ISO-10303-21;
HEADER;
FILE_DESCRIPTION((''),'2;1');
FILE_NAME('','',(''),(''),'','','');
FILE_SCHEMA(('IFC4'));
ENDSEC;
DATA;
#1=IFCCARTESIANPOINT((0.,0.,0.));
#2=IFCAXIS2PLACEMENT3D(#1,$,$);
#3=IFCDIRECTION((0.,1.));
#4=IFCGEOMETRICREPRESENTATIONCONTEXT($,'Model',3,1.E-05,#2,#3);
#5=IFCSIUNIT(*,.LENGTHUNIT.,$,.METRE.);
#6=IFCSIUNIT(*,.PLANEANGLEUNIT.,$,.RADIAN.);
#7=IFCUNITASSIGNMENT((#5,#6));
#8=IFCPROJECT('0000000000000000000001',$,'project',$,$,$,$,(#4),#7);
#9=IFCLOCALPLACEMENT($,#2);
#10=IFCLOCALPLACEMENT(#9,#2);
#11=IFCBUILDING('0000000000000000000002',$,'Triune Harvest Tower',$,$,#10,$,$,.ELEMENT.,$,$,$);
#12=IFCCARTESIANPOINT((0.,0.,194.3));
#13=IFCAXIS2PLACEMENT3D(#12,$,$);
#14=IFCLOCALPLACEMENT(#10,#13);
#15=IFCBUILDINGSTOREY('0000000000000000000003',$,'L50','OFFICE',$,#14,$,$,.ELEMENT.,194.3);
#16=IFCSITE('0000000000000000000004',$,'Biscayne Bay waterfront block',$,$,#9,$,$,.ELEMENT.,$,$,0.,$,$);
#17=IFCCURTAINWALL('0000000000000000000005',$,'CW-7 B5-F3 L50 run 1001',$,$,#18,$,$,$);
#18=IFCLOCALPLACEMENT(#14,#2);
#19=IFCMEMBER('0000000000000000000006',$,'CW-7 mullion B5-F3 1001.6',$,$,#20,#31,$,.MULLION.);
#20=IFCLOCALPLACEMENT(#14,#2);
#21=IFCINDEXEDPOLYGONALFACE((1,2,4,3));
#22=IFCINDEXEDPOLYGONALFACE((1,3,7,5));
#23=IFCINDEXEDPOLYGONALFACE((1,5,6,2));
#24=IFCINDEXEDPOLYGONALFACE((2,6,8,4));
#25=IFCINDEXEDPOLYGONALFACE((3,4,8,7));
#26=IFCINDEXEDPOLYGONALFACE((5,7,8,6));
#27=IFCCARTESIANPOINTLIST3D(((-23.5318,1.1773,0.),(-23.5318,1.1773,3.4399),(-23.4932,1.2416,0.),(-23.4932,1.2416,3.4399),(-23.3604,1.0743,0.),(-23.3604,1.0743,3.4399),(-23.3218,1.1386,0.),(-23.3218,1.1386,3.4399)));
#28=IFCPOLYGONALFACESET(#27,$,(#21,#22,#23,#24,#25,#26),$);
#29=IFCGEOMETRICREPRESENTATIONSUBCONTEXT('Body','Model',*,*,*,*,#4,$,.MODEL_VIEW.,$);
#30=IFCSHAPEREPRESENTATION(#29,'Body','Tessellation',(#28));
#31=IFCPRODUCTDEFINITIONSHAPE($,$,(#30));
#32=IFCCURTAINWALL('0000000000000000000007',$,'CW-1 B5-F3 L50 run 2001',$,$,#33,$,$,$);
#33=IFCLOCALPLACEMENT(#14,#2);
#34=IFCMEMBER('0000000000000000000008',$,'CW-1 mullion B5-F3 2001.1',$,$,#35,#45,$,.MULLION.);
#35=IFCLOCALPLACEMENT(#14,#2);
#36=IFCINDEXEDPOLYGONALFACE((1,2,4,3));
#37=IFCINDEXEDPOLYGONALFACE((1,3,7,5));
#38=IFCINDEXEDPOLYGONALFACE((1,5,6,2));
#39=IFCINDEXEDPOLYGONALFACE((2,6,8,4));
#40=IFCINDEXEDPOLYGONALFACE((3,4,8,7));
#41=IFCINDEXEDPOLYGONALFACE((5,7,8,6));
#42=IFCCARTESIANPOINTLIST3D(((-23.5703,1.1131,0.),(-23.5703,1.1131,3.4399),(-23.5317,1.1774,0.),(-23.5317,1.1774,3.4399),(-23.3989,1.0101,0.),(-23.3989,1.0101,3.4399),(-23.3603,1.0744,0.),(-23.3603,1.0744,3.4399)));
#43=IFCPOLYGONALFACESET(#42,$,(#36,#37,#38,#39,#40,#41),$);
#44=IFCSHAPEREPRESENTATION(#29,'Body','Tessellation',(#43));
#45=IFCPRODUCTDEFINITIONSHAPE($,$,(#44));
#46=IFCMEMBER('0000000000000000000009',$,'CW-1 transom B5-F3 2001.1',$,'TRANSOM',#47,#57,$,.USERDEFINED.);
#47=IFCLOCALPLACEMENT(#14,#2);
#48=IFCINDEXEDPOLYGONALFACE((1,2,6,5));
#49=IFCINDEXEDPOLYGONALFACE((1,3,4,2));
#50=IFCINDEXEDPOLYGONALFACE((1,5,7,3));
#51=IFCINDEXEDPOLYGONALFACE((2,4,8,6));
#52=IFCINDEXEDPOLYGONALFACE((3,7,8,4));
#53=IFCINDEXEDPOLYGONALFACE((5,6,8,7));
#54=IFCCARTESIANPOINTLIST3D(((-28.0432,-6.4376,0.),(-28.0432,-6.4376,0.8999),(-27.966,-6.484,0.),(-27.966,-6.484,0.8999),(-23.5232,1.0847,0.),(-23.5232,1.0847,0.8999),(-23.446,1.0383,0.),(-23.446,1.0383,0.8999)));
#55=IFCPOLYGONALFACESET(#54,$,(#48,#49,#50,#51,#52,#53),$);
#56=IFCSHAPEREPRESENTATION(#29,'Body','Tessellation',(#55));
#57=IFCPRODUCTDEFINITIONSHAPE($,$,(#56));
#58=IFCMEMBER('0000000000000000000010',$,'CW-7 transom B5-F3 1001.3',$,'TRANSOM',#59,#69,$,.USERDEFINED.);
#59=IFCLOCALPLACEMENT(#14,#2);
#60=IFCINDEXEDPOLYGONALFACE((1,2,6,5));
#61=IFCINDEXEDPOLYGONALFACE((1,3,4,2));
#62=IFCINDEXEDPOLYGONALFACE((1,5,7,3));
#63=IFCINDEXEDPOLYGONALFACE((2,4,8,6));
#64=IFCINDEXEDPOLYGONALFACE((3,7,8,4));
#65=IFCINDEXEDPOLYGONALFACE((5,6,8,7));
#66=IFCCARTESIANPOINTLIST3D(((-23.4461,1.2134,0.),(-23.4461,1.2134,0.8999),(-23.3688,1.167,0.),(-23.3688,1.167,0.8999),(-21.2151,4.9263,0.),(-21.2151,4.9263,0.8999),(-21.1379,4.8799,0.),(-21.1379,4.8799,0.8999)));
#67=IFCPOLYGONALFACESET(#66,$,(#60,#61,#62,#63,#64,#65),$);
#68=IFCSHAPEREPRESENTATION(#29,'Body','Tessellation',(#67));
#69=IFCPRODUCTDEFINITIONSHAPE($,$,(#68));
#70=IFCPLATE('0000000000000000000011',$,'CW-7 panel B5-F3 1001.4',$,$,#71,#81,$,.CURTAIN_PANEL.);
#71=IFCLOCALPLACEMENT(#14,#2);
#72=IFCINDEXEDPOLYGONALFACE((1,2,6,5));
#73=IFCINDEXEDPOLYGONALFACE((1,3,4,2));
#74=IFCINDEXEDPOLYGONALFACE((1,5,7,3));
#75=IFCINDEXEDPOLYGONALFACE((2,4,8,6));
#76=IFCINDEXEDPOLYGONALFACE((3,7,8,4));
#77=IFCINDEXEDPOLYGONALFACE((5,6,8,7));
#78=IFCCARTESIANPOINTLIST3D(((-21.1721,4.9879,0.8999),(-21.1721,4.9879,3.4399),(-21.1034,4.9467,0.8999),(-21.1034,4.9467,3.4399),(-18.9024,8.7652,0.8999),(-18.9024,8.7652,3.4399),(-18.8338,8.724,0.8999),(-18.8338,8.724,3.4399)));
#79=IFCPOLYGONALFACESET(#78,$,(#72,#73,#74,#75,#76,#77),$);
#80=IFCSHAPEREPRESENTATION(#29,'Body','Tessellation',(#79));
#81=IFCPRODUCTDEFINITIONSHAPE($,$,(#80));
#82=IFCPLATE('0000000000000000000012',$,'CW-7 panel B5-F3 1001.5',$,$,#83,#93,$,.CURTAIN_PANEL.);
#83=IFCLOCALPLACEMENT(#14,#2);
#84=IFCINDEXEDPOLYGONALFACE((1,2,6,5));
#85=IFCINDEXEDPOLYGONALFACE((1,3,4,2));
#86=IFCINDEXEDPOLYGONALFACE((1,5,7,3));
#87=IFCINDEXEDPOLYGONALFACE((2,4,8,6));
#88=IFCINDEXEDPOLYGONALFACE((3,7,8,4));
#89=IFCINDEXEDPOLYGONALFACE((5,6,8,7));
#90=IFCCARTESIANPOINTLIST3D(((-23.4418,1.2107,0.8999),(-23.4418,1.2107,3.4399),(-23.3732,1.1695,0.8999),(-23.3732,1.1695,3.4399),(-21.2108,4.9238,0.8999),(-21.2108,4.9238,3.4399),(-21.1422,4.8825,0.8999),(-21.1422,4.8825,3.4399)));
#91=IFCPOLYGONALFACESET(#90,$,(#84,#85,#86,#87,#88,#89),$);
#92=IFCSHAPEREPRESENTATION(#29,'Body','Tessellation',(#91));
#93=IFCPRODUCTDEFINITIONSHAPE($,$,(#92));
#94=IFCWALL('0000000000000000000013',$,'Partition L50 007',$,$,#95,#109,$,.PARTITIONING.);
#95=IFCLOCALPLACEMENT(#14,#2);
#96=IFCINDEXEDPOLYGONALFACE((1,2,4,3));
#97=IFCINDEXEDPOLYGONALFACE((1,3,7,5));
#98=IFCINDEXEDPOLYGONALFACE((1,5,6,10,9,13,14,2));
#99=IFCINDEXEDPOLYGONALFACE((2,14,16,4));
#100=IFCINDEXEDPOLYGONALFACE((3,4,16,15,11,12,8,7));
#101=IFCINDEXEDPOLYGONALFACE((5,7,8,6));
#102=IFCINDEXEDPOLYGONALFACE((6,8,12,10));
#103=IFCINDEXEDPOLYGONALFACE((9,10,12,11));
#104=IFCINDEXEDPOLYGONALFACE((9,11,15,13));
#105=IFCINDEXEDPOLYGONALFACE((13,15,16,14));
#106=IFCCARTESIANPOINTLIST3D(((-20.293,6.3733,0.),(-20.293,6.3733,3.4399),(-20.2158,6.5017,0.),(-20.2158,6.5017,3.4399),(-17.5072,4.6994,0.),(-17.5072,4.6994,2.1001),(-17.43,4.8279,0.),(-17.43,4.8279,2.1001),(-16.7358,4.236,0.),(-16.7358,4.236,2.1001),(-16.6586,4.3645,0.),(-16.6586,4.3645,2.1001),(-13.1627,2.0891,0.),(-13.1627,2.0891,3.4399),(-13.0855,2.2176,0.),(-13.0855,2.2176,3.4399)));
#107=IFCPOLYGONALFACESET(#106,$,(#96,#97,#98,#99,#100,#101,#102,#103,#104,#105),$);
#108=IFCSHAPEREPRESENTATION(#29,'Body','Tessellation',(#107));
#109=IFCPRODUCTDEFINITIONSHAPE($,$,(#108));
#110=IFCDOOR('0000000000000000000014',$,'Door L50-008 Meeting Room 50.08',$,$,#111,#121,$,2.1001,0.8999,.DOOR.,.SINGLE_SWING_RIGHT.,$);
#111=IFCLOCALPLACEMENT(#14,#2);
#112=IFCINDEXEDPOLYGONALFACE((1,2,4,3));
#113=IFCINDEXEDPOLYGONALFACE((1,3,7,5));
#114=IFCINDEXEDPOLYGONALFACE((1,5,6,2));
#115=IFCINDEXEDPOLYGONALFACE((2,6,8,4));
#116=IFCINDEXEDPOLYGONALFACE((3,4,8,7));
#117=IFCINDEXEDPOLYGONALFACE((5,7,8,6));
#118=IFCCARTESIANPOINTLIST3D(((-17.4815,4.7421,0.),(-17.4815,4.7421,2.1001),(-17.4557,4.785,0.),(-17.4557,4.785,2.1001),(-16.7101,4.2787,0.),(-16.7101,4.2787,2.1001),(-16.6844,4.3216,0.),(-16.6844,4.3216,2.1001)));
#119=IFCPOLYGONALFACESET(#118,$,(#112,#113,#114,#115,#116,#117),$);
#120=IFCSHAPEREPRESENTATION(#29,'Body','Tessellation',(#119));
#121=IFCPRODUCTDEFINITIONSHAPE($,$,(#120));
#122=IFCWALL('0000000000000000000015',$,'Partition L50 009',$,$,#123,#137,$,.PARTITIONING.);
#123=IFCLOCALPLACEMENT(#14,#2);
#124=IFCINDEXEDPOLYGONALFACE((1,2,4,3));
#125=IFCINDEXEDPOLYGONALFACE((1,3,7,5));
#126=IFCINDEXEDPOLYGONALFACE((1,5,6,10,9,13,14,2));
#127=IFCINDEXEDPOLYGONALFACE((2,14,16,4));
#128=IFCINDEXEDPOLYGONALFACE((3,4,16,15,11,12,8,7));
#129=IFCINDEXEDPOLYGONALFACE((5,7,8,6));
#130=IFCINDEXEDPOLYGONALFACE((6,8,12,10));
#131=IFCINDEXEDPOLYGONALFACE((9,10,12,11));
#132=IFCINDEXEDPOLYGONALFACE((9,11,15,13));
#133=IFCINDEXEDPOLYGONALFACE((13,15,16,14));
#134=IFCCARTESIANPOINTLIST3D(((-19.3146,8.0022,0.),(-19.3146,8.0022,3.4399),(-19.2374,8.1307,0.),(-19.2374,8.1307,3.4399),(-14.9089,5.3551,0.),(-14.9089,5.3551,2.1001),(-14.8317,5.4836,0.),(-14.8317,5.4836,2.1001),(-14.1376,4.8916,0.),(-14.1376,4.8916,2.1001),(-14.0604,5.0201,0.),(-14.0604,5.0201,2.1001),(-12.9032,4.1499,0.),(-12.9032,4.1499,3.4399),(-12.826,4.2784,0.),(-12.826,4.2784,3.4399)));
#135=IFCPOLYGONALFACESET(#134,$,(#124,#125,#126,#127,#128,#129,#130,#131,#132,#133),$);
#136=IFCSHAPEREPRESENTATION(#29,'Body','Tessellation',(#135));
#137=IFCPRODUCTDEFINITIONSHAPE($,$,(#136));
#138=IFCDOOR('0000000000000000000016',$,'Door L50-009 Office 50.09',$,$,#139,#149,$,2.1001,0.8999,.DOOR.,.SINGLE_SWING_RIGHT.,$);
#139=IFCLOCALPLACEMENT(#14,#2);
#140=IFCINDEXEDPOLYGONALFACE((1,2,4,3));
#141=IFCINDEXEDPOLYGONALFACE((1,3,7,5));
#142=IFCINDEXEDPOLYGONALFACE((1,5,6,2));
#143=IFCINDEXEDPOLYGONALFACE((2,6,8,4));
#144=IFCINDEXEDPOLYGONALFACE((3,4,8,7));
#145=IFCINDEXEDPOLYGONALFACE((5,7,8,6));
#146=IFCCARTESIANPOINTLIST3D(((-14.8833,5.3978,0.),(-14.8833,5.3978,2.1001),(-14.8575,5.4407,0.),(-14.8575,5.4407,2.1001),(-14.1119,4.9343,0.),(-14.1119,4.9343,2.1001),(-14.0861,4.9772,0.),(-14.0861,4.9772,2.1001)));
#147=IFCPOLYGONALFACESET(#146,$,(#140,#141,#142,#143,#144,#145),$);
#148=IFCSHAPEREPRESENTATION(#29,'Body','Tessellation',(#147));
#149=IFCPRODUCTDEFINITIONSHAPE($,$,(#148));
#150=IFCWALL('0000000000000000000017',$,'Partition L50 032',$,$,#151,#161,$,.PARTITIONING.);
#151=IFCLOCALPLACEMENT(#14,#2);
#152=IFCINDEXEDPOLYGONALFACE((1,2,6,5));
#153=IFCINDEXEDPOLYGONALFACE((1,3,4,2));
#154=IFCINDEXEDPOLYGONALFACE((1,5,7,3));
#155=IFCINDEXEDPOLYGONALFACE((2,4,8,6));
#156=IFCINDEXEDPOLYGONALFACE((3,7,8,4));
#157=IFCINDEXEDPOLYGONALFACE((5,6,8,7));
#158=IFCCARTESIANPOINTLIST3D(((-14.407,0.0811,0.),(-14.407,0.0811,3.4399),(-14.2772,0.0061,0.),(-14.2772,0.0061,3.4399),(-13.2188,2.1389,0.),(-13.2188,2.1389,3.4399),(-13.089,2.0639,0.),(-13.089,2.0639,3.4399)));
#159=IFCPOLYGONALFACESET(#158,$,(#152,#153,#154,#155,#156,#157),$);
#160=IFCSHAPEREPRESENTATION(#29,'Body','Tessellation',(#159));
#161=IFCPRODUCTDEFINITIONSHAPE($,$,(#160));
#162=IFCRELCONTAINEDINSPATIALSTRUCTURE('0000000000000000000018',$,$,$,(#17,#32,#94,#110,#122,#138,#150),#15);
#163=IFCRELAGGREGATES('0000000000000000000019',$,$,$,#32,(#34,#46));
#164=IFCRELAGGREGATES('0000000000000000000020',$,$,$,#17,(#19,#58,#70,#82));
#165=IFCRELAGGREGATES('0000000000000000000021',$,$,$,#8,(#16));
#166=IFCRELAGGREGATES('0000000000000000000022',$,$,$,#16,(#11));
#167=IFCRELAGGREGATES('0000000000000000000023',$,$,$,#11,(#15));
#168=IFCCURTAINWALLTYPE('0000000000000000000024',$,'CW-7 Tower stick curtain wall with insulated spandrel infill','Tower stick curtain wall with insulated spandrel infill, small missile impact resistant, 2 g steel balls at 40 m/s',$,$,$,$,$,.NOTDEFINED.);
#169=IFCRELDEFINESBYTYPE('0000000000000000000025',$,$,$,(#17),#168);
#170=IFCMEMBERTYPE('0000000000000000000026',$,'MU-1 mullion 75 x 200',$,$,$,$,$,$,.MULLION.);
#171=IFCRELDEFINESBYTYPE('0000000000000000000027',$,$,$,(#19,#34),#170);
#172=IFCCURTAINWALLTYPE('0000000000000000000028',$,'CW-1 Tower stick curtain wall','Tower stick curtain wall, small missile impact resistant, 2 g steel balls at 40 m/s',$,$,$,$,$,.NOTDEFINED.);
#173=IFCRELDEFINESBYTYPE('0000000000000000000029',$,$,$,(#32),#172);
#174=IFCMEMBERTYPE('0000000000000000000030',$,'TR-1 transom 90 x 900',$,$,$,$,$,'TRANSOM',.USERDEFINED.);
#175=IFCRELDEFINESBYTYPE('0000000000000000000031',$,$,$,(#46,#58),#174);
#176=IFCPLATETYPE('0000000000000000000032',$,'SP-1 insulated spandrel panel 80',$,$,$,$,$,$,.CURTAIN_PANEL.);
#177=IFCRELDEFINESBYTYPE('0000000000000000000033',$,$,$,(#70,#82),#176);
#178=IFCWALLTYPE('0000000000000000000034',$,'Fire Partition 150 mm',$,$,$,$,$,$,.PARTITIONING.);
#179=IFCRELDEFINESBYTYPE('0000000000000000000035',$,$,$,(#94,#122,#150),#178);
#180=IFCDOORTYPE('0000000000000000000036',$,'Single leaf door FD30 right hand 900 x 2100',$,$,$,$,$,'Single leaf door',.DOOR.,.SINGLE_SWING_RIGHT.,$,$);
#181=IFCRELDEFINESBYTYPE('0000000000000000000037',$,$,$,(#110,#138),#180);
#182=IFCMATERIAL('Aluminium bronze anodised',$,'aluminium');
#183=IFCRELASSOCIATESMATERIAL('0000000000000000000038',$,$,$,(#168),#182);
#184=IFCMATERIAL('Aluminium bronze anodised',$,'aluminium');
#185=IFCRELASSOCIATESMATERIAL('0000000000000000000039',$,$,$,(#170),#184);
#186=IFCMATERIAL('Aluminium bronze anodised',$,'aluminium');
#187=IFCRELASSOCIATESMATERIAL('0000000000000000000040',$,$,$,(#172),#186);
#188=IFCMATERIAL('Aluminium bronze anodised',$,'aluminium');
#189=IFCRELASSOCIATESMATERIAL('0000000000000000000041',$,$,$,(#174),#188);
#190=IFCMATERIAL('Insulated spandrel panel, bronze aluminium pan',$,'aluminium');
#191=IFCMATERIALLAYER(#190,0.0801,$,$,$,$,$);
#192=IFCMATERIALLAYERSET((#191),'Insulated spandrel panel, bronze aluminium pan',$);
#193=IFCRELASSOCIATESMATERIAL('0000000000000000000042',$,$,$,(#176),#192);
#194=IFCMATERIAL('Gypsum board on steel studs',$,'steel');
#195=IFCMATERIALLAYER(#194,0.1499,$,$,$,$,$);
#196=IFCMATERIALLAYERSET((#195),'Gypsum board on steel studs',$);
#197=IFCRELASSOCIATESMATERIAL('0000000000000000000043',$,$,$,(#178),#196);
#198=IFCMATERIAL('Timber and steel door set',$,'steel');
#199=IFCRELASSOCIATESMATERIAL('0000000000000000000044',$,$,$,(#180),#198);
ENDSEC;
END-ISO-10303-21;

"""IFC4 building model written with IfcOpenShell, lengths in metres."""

from ifc_helpers import new_model, si_unit, direction, frame, frame_2d, origin, origin_2d, place, context, subcontext, project, spatial, rectangle, extrude, source, transform, mapped, material, layer, layer_set, material_profile, profile_set, type_object, element, fill, aggregate, save


model = new_model("IFC4")

# Units and contexts
model_context = context("Model", 3, precision=1e-05, world=origin(), true_north=direction((0.0, 1.0)))
body_context = subcontext(model_context, "Body", "Model", "MODEL_VIEW")
ifc_project = project(units=[si_unit("LENGTHUNIT", "METRE"), si_unit("PLANEANGLEUNIT", "RADIAN")], contexts=[model_context])

# Site, building, storey
site_placement = place(None, origin())
site = spatial("IfcSite", under=ifc_project, at=site_placement, Name="Biscayne Bay waterfront block", CompositionType="ELEMENT", RefElevation=0.0)
building_placement = place(site_placement, origin())
building = spatial("IfcBuilding", under=site, at=building_placement, Name="Triune Harvest Tower", CompositionType="ELEMENT")
storey_placement = place(building_placement, frame((0.0, 0.0, 194.3)))
storey = spatial("IfcBuildingStorey", under=building, at=storey_placement, Name="L50", Description="OFFICE", CompositionType="ELEMENT", Elevation=194.3)

# Curtain walls, members
ifc_material_1 = material(Name="Aluminium bronze anodised", Category="aluminium")
curtain_wall_type_1 = type_object("IfcCurtainWallType", Name="CW-7 Tower stick curtain wall with insulated spandrel infill", Description="Tower stick curtain wall with insulated spandrel infill, small missile impact resistant, 2 g steel balls at 40 m/s", PredefinedType="NOTDEFINED", material=ifc_material_1)
curtain_wall_1_placement = place(storey_placement, origin())
curtain_wall_1 = element("IfcCurtainWall", 1, at=curtain_wall_1_placement, inside=storey, type_object=curtain_wall_type_1, Name="CW-7 B5-F3 L50 run 1001")
ifc_material_2 = material(Name="Aluminium bronze anodised", Category="aluminium")
ifc_material_profile_1 = material_profile(ifc_material_2, rectangle(XDim=0.2, YDim=0.075, at=origin_2d()), Name="MU-1 mullion 75 x 200")
ifc_profile_set_1 = profile_set([ifc_material_profile_1], Name="Aluminium bronze anodised")
member_type_1 = type_object("IfcMemberType", Name="MU-1 mullion 75 x 200", PredefinedType="MULLION", material=ifc_profile_set_1)
shared_shape_1 = source(origin(), body_context, "Body", "SweptSolid", [
    extrude(rectangle(XDim=0.2, YDim=0.075, at=origin_2d()), origin(), (0.0, 0.0, 1.0), 3.4399),
])
member_1_placement = place(storey_placement, frame((-23.4268, 1.158, 0.0), z_axis=(0.0, 0.0, 1.0), x_axis=(0.857167, -0.515039, 0.0)))
member_1 = element("IfcMember", 2, at=member_1_placement, type_object=member_type_1, Name="CW-7 mullion B5-F3 1001.6", PredefinedType="MULLION", context=body_context, shape_type="MappedRepresentation", body=[
    mapped(shared_shape_1, transform((0.0, 0.0, 0.0), scale=1.0)),
])
ifc_material_3 = material(Name="Aluminium bronze anodised", Category="aluminium")
curtain_wall_type_2 = type_object("IfcCurtainWallType", Name="CW-1 Tower stick curtain wall", Description="Tower stick curtain wall, small missile impact resistant, 2 g steel balls at 40 m/s", PredefinedType="NOTDEFINED", material=ifc_material_3)
curtain_wall_2_placement = place(storey_placement, origin())
curtain_wall_2 = element("IfcCurtainWall", 3, at=curtain_wall_2_placement, inside=storey, type_object=curtain_wall_type_2, Name="CW-1 B5-F3 L50 run 2001")
member_2_placement = place(storey_placement, frame((-23.4653, 1.0938, 0.0), z_axis=(0.0, 0.0, 1.0), x_axis=(0.857169, -0.515035, 0.0)))
member_2 = element("IfcMember", 4, at=member_2_placement, type_object=member_type_1, Name="CW-1 mullion B5-F3 2001.1", PredefinedType="MULLION", context=body_context, shape_type="MappedRepresentation", body=[
    mapped(shared_shape_1, transform((0.0, 0.0, 0.0), scale=1.0)),
])
ifc_material_4 = material(Name="Aluminium bronze anodised", Category="aluminium")
ifc_material_profile_2 = material_profile(ifc_material_4, rectangle(XDim=0.0901, YDim=0.8999, at=origin_2d()), Name="TR-1 transom 90 x 900")
ifc_profile_set_2 = profile_set([ifc_material_profile_2], Name="Aluminium bronze anodised")
member_type_2 = type_object("IfcMemberType", Name="TR-1 transom 90 x 900", ElementType="TRANSOM", PredefinedType="USERDEFINED", material=ifc_profile_set_2)
shared_shape_2 = source(origin(), body_context, "Body", "SweptSolid", [
    extrude(rectangle(XDim=0.0901, YDim=0.8999, at=origin_2d()), origin(), (0.0, 0.0, 1.0), 8.7759),
])
member_3_placement = place(storey_placement, frame((-23.4846, 1.0615, 0.45), z_axis=(-0.515044, -0.857164, 0.0), x_axis=(0.857164, -0.515044, 0.0)))
member_3 = element("IfcMember", 5, at=member_3_placement, type_object=member_type_2, Name="CW-1 transom B5-F3 2001.1", ObjectType="TRANSOM", PredefinedType="USERDEFINED", context=body_context, shape_type="MappedRepresentation", body=[
    mapped(shared_shape_2, transform((0.0, 0.0, 0.0), scale=1.0)),
])
aggregate(curtain_wall_2, [member_2, member_3])

# Member
shared_shape_3 = source(origin(), body_context, "Body", "SweptSolid", [
    extrude(rectangle(XDim=0.0901, YDim=0.8999, at=origin_2d()), origin(), (0.0, 0.0, 1.0), 4.3315),
])
member_4_placement = place(storey_placement, frame((-21.1765, 4.9031, 0.45), z_axis=(-0.515043, -0.857165, 0.0), x_axis=(0.857165, -0.515043, 0.0)))
member_4 = element("IfcMember", 6, at=member_4_placement, type_object=member_type_2, Name="CW-7 transom B5-F3 1001.3", ObjectType="TRANSOM", PredefinedType="USERDEFINED", context=body_context, shape_type="MappedRepresentation", body=[
    mapped(shared_shape_3, transform((0.0, 0.0, 0.0), scale=1.0)),
])

# Plates
ifc_material_5 = material(Name="Insulated spandrel panel, bronze aluminium pan", Category="aluminium")
ifc_layer_1 = layer(ifc_material_5, 0.0801)
ifc_layer_set_1 = layer_set([ifc_layer_1], Name="Insulated spandrel panel, bronze aluminium pan")
plate_type = type_object("IfcPlateType", Name="SP-1 insulated spandrel panel 80", PredefinedType="CURTAIN_PANEL", material=ifc_layer_set_1)
shared_shape_4 = source(origin(), body_context, "Body", "SweptSolid", [
    extrude(rectangle(XDim=4.4067, YDim=0.0801, at=origin_2d()), origin(), (0.0, 0.0, 1.0), 2.54),
])
plate_1_placement = place(storey_placement, frame((-20.0029, 6.856, 0.8999), z_axis=(0.0, 0.0, 1.0), x_axis=(-0.515039, -0.857167, 0.0)))
plate_1 = element("IfcPlate", 7, at=plate_1_placement, type_object=plate_type, Name="CW-7 panel B5-F3 1001.4", PredefinedType="CURTAIN_PANEL", context=body_context, shape_type="MappedRepresentation", body=[
    mapped(shared_shape_4, transform((0.0, 0.0, 0.0), scale=1.0)),
])
shared_shape_5 = source(origin(), body_context, "Body", "SweptSolid", [
    extrude(rectangle(XDim=4.3318, YDim=0.0801, at=origin_2d()), origin(), (0.0, 0.0, 1.0), 2.54),
])
plate_2_placement = place(storey_placement, frame((-22.292, 3.0466, 0.8999), z_axis=(0.0, 0.0, 1.0), x_axis=(-0.515039, -0.857167, 0.0)))
plate_2 = element("IfcPlate", 8, at=plate_2_placement, type_object=plate_type, Name="CW-7 panel B5-F3 1001.5", PredefinedType="CURTAIN_PANEL", context=body_context, shape_type="MappedRepresentation", body=[
    mapped(shared_shape_5, transform((0.0, 0.0, 0.0), scale=1.0)),
])
aggregate(curtain_wall_1, [member_1, member_4, plate_1, plate_2])

# Walls, openings, doors
ifc_material_6 = material(Name="Gypsum board on steel studs", Category="steel")
ifc_layer_2 = layer(ifc_material_6, 0.1499)
ifc_layer_set_2 = layer_set([ifc_layer_2], Name="Gypsum board on steel studs")
wall_type_1 = type_object("IfcWallType", Name="Fire Partition 150 mm", PredefinedType="PARTITIONING", material=ifc_layer_set_2)
wall_1_placement = place(storey_placement, frame((-20.2544, 6.4375, 0.0), z_axis=(0.0, 0.0, 1.0), x_axis=(0.857177, -0.515022, 0.0)))
wall_1 = element("IfcWall", 9, at=wall_1_placement, inside=storey, type_object=wall_type_1, Name="Partition L50 007", PredefinedType="PARTITIONING", context=body_context, shape_type="SweptSolid", body=[
    extrude(rectangle(XDim=8.3184, YDim=0.1499, at=frame_2d((4.1592, 0.0))), origin(), (0.0, 0.0, 1.0), 3.4399),
])
opening_1_placement = place(wall_1_placement, frame((3.25, 0.0, 0.0)))
opening_1 = element("IfcOpeningElement", 10, at=opening_1_placement, cuts=wall_1, PredefinedType="OPENING", context=body_context, shape_type="SweptSolid", body=[
    extrude(rectangle(XDim=0.8999, YDim=2.1001, at=frame_2d((0.45, 1.05))), frame((0.0, 0.085, 0.0), z_axis=(0.0, -1.0, 0.0), x_axis=(1.0, 0.0, 0.0)), (0.0, 0.0, 1.0), 0.1699),
])
ifc_material_7 = material(Name="Timber and steel door set", Category="steel")
door_type_1 = type_object("IfcDoorType", Name="Single leaf door FD30 right hand 900 x 2100", ElementType="Single leaf door", OperationType="SINGLE_SWING_RIGHT", PredefinedType="DOOR", material=ifc_material_7)
door_1_placement = place(opening_1_placement, origin())
door_1 = element("IfcDoor", 11, at=door_1_placement, inside=storey, type_object=door_type_1, Name="Door L50-008 Meeting Room 50.08", OperationType="SINGLE_SWING_RIGHT", OverallHeight=2.1001, OverallWidth=0.8999, PredefinedType="DOOR", context=body_context, shape_type="SweptSolid", body=[
    extrude(rectangle(XDim=0.8999, YDim=2.1001, at=frame_2d((0.45, 1.05))), frame((0.0, 0.0249, 0.0), z_axis=(0.0, -1.0, 0.0), x_axis=(1.0, 0.0, 0.0)), (0.0, 0.0, 1.0), 0.05),
])
fill(opening_1, door_1)
wall_2_placement = place(storey_placement, frame((-19.2759, 8.0664, 0.0), z_axis=(0.0, 0.0, 1.0), x_axis=(0.85717, -0.515033, 0.0)))
wall_2 = element("IfcWall", 12, at=wall_2_placement, inside=storey, type_object=wall_type_1, Name="Partition L50 009", PredefinedType="PARTITIONING", context=body_context, shape_type="SweptSolid", body=[
    extrude(rectangle(XDim=7.4797, YDim=0.1499, at=frame_2d((3.7397, 0.0))), origin(), (0.0, 0.0, 1.0), 3.4399),
])
opening_2_placement = place(wall_2_placement, frame((5.1396, 0.0, 0.0)))
opening_2 = element("IfcOpeningElement", 13, at=opening_2_placement, cuts=wall_2, PredefinedType="OPENING", context=body_context, shape_type="SweptSolid", body=[
    extrude(rectangle(XDim=0.8999, YDim=2.1001, at=frame_2d((0.45, 1.05))), frame((0.0, 0.085, 0.0), z_axis=(0.0, -1.0, 0.0), x_axis=(1.0, 0.0, 0.0)), (0.0, 0.0, 1.0), 0.1699),
])
door_2_placement = place(opening_2_placement, origin())
door_2 = element("IfcDoor", 14, at=door_2_placement, inside=storey, type_object=door_type_1, Name="Door L50-009 Office 50.09", OperationType="SINGLE_SWING_RIGHT", OverallHeight=2.1001, OverallWidth=0.8999, PredefinedType="DOOR", context=body_context, shape_type="SweptSolid", body=[
    extrude(rectangle(XDim=0.8999, YDim=2.1001, at=frame_2d((0.45, 1.05))), frame((0.0, 0.0249, 0.0), z_axis=(0.0, -1.0, 0.0), x_axis=(1.0, 0.0, 0.0)), (0.0, 0.0, 1.0), 0.05),
])
fill(opening_2, door_2)

# Wall
wall_3_placement = place(storey_placement, frame((-14.342, 0.0437, 0.0), z_axis=(0.0, 0.0, 1.0), x_axis=(0.50004, 0.866003, 0.0)))
element("IfcWall", 15, at=wall_3_placement, inside=storey, type_object=wall_type_1, Name="Partition L50 032", PredefinedType="PARTITIONING", context=body_context, shape_type="SweptSolid", body=[
    extrude(rectangle(XDim=2.3762, YDim=0.1499, at=frame_2d((1.188, 0.0))), origin(), (0.0, 0.0, 1.0), 3.4399),
])

save(model, "model.ifc")
